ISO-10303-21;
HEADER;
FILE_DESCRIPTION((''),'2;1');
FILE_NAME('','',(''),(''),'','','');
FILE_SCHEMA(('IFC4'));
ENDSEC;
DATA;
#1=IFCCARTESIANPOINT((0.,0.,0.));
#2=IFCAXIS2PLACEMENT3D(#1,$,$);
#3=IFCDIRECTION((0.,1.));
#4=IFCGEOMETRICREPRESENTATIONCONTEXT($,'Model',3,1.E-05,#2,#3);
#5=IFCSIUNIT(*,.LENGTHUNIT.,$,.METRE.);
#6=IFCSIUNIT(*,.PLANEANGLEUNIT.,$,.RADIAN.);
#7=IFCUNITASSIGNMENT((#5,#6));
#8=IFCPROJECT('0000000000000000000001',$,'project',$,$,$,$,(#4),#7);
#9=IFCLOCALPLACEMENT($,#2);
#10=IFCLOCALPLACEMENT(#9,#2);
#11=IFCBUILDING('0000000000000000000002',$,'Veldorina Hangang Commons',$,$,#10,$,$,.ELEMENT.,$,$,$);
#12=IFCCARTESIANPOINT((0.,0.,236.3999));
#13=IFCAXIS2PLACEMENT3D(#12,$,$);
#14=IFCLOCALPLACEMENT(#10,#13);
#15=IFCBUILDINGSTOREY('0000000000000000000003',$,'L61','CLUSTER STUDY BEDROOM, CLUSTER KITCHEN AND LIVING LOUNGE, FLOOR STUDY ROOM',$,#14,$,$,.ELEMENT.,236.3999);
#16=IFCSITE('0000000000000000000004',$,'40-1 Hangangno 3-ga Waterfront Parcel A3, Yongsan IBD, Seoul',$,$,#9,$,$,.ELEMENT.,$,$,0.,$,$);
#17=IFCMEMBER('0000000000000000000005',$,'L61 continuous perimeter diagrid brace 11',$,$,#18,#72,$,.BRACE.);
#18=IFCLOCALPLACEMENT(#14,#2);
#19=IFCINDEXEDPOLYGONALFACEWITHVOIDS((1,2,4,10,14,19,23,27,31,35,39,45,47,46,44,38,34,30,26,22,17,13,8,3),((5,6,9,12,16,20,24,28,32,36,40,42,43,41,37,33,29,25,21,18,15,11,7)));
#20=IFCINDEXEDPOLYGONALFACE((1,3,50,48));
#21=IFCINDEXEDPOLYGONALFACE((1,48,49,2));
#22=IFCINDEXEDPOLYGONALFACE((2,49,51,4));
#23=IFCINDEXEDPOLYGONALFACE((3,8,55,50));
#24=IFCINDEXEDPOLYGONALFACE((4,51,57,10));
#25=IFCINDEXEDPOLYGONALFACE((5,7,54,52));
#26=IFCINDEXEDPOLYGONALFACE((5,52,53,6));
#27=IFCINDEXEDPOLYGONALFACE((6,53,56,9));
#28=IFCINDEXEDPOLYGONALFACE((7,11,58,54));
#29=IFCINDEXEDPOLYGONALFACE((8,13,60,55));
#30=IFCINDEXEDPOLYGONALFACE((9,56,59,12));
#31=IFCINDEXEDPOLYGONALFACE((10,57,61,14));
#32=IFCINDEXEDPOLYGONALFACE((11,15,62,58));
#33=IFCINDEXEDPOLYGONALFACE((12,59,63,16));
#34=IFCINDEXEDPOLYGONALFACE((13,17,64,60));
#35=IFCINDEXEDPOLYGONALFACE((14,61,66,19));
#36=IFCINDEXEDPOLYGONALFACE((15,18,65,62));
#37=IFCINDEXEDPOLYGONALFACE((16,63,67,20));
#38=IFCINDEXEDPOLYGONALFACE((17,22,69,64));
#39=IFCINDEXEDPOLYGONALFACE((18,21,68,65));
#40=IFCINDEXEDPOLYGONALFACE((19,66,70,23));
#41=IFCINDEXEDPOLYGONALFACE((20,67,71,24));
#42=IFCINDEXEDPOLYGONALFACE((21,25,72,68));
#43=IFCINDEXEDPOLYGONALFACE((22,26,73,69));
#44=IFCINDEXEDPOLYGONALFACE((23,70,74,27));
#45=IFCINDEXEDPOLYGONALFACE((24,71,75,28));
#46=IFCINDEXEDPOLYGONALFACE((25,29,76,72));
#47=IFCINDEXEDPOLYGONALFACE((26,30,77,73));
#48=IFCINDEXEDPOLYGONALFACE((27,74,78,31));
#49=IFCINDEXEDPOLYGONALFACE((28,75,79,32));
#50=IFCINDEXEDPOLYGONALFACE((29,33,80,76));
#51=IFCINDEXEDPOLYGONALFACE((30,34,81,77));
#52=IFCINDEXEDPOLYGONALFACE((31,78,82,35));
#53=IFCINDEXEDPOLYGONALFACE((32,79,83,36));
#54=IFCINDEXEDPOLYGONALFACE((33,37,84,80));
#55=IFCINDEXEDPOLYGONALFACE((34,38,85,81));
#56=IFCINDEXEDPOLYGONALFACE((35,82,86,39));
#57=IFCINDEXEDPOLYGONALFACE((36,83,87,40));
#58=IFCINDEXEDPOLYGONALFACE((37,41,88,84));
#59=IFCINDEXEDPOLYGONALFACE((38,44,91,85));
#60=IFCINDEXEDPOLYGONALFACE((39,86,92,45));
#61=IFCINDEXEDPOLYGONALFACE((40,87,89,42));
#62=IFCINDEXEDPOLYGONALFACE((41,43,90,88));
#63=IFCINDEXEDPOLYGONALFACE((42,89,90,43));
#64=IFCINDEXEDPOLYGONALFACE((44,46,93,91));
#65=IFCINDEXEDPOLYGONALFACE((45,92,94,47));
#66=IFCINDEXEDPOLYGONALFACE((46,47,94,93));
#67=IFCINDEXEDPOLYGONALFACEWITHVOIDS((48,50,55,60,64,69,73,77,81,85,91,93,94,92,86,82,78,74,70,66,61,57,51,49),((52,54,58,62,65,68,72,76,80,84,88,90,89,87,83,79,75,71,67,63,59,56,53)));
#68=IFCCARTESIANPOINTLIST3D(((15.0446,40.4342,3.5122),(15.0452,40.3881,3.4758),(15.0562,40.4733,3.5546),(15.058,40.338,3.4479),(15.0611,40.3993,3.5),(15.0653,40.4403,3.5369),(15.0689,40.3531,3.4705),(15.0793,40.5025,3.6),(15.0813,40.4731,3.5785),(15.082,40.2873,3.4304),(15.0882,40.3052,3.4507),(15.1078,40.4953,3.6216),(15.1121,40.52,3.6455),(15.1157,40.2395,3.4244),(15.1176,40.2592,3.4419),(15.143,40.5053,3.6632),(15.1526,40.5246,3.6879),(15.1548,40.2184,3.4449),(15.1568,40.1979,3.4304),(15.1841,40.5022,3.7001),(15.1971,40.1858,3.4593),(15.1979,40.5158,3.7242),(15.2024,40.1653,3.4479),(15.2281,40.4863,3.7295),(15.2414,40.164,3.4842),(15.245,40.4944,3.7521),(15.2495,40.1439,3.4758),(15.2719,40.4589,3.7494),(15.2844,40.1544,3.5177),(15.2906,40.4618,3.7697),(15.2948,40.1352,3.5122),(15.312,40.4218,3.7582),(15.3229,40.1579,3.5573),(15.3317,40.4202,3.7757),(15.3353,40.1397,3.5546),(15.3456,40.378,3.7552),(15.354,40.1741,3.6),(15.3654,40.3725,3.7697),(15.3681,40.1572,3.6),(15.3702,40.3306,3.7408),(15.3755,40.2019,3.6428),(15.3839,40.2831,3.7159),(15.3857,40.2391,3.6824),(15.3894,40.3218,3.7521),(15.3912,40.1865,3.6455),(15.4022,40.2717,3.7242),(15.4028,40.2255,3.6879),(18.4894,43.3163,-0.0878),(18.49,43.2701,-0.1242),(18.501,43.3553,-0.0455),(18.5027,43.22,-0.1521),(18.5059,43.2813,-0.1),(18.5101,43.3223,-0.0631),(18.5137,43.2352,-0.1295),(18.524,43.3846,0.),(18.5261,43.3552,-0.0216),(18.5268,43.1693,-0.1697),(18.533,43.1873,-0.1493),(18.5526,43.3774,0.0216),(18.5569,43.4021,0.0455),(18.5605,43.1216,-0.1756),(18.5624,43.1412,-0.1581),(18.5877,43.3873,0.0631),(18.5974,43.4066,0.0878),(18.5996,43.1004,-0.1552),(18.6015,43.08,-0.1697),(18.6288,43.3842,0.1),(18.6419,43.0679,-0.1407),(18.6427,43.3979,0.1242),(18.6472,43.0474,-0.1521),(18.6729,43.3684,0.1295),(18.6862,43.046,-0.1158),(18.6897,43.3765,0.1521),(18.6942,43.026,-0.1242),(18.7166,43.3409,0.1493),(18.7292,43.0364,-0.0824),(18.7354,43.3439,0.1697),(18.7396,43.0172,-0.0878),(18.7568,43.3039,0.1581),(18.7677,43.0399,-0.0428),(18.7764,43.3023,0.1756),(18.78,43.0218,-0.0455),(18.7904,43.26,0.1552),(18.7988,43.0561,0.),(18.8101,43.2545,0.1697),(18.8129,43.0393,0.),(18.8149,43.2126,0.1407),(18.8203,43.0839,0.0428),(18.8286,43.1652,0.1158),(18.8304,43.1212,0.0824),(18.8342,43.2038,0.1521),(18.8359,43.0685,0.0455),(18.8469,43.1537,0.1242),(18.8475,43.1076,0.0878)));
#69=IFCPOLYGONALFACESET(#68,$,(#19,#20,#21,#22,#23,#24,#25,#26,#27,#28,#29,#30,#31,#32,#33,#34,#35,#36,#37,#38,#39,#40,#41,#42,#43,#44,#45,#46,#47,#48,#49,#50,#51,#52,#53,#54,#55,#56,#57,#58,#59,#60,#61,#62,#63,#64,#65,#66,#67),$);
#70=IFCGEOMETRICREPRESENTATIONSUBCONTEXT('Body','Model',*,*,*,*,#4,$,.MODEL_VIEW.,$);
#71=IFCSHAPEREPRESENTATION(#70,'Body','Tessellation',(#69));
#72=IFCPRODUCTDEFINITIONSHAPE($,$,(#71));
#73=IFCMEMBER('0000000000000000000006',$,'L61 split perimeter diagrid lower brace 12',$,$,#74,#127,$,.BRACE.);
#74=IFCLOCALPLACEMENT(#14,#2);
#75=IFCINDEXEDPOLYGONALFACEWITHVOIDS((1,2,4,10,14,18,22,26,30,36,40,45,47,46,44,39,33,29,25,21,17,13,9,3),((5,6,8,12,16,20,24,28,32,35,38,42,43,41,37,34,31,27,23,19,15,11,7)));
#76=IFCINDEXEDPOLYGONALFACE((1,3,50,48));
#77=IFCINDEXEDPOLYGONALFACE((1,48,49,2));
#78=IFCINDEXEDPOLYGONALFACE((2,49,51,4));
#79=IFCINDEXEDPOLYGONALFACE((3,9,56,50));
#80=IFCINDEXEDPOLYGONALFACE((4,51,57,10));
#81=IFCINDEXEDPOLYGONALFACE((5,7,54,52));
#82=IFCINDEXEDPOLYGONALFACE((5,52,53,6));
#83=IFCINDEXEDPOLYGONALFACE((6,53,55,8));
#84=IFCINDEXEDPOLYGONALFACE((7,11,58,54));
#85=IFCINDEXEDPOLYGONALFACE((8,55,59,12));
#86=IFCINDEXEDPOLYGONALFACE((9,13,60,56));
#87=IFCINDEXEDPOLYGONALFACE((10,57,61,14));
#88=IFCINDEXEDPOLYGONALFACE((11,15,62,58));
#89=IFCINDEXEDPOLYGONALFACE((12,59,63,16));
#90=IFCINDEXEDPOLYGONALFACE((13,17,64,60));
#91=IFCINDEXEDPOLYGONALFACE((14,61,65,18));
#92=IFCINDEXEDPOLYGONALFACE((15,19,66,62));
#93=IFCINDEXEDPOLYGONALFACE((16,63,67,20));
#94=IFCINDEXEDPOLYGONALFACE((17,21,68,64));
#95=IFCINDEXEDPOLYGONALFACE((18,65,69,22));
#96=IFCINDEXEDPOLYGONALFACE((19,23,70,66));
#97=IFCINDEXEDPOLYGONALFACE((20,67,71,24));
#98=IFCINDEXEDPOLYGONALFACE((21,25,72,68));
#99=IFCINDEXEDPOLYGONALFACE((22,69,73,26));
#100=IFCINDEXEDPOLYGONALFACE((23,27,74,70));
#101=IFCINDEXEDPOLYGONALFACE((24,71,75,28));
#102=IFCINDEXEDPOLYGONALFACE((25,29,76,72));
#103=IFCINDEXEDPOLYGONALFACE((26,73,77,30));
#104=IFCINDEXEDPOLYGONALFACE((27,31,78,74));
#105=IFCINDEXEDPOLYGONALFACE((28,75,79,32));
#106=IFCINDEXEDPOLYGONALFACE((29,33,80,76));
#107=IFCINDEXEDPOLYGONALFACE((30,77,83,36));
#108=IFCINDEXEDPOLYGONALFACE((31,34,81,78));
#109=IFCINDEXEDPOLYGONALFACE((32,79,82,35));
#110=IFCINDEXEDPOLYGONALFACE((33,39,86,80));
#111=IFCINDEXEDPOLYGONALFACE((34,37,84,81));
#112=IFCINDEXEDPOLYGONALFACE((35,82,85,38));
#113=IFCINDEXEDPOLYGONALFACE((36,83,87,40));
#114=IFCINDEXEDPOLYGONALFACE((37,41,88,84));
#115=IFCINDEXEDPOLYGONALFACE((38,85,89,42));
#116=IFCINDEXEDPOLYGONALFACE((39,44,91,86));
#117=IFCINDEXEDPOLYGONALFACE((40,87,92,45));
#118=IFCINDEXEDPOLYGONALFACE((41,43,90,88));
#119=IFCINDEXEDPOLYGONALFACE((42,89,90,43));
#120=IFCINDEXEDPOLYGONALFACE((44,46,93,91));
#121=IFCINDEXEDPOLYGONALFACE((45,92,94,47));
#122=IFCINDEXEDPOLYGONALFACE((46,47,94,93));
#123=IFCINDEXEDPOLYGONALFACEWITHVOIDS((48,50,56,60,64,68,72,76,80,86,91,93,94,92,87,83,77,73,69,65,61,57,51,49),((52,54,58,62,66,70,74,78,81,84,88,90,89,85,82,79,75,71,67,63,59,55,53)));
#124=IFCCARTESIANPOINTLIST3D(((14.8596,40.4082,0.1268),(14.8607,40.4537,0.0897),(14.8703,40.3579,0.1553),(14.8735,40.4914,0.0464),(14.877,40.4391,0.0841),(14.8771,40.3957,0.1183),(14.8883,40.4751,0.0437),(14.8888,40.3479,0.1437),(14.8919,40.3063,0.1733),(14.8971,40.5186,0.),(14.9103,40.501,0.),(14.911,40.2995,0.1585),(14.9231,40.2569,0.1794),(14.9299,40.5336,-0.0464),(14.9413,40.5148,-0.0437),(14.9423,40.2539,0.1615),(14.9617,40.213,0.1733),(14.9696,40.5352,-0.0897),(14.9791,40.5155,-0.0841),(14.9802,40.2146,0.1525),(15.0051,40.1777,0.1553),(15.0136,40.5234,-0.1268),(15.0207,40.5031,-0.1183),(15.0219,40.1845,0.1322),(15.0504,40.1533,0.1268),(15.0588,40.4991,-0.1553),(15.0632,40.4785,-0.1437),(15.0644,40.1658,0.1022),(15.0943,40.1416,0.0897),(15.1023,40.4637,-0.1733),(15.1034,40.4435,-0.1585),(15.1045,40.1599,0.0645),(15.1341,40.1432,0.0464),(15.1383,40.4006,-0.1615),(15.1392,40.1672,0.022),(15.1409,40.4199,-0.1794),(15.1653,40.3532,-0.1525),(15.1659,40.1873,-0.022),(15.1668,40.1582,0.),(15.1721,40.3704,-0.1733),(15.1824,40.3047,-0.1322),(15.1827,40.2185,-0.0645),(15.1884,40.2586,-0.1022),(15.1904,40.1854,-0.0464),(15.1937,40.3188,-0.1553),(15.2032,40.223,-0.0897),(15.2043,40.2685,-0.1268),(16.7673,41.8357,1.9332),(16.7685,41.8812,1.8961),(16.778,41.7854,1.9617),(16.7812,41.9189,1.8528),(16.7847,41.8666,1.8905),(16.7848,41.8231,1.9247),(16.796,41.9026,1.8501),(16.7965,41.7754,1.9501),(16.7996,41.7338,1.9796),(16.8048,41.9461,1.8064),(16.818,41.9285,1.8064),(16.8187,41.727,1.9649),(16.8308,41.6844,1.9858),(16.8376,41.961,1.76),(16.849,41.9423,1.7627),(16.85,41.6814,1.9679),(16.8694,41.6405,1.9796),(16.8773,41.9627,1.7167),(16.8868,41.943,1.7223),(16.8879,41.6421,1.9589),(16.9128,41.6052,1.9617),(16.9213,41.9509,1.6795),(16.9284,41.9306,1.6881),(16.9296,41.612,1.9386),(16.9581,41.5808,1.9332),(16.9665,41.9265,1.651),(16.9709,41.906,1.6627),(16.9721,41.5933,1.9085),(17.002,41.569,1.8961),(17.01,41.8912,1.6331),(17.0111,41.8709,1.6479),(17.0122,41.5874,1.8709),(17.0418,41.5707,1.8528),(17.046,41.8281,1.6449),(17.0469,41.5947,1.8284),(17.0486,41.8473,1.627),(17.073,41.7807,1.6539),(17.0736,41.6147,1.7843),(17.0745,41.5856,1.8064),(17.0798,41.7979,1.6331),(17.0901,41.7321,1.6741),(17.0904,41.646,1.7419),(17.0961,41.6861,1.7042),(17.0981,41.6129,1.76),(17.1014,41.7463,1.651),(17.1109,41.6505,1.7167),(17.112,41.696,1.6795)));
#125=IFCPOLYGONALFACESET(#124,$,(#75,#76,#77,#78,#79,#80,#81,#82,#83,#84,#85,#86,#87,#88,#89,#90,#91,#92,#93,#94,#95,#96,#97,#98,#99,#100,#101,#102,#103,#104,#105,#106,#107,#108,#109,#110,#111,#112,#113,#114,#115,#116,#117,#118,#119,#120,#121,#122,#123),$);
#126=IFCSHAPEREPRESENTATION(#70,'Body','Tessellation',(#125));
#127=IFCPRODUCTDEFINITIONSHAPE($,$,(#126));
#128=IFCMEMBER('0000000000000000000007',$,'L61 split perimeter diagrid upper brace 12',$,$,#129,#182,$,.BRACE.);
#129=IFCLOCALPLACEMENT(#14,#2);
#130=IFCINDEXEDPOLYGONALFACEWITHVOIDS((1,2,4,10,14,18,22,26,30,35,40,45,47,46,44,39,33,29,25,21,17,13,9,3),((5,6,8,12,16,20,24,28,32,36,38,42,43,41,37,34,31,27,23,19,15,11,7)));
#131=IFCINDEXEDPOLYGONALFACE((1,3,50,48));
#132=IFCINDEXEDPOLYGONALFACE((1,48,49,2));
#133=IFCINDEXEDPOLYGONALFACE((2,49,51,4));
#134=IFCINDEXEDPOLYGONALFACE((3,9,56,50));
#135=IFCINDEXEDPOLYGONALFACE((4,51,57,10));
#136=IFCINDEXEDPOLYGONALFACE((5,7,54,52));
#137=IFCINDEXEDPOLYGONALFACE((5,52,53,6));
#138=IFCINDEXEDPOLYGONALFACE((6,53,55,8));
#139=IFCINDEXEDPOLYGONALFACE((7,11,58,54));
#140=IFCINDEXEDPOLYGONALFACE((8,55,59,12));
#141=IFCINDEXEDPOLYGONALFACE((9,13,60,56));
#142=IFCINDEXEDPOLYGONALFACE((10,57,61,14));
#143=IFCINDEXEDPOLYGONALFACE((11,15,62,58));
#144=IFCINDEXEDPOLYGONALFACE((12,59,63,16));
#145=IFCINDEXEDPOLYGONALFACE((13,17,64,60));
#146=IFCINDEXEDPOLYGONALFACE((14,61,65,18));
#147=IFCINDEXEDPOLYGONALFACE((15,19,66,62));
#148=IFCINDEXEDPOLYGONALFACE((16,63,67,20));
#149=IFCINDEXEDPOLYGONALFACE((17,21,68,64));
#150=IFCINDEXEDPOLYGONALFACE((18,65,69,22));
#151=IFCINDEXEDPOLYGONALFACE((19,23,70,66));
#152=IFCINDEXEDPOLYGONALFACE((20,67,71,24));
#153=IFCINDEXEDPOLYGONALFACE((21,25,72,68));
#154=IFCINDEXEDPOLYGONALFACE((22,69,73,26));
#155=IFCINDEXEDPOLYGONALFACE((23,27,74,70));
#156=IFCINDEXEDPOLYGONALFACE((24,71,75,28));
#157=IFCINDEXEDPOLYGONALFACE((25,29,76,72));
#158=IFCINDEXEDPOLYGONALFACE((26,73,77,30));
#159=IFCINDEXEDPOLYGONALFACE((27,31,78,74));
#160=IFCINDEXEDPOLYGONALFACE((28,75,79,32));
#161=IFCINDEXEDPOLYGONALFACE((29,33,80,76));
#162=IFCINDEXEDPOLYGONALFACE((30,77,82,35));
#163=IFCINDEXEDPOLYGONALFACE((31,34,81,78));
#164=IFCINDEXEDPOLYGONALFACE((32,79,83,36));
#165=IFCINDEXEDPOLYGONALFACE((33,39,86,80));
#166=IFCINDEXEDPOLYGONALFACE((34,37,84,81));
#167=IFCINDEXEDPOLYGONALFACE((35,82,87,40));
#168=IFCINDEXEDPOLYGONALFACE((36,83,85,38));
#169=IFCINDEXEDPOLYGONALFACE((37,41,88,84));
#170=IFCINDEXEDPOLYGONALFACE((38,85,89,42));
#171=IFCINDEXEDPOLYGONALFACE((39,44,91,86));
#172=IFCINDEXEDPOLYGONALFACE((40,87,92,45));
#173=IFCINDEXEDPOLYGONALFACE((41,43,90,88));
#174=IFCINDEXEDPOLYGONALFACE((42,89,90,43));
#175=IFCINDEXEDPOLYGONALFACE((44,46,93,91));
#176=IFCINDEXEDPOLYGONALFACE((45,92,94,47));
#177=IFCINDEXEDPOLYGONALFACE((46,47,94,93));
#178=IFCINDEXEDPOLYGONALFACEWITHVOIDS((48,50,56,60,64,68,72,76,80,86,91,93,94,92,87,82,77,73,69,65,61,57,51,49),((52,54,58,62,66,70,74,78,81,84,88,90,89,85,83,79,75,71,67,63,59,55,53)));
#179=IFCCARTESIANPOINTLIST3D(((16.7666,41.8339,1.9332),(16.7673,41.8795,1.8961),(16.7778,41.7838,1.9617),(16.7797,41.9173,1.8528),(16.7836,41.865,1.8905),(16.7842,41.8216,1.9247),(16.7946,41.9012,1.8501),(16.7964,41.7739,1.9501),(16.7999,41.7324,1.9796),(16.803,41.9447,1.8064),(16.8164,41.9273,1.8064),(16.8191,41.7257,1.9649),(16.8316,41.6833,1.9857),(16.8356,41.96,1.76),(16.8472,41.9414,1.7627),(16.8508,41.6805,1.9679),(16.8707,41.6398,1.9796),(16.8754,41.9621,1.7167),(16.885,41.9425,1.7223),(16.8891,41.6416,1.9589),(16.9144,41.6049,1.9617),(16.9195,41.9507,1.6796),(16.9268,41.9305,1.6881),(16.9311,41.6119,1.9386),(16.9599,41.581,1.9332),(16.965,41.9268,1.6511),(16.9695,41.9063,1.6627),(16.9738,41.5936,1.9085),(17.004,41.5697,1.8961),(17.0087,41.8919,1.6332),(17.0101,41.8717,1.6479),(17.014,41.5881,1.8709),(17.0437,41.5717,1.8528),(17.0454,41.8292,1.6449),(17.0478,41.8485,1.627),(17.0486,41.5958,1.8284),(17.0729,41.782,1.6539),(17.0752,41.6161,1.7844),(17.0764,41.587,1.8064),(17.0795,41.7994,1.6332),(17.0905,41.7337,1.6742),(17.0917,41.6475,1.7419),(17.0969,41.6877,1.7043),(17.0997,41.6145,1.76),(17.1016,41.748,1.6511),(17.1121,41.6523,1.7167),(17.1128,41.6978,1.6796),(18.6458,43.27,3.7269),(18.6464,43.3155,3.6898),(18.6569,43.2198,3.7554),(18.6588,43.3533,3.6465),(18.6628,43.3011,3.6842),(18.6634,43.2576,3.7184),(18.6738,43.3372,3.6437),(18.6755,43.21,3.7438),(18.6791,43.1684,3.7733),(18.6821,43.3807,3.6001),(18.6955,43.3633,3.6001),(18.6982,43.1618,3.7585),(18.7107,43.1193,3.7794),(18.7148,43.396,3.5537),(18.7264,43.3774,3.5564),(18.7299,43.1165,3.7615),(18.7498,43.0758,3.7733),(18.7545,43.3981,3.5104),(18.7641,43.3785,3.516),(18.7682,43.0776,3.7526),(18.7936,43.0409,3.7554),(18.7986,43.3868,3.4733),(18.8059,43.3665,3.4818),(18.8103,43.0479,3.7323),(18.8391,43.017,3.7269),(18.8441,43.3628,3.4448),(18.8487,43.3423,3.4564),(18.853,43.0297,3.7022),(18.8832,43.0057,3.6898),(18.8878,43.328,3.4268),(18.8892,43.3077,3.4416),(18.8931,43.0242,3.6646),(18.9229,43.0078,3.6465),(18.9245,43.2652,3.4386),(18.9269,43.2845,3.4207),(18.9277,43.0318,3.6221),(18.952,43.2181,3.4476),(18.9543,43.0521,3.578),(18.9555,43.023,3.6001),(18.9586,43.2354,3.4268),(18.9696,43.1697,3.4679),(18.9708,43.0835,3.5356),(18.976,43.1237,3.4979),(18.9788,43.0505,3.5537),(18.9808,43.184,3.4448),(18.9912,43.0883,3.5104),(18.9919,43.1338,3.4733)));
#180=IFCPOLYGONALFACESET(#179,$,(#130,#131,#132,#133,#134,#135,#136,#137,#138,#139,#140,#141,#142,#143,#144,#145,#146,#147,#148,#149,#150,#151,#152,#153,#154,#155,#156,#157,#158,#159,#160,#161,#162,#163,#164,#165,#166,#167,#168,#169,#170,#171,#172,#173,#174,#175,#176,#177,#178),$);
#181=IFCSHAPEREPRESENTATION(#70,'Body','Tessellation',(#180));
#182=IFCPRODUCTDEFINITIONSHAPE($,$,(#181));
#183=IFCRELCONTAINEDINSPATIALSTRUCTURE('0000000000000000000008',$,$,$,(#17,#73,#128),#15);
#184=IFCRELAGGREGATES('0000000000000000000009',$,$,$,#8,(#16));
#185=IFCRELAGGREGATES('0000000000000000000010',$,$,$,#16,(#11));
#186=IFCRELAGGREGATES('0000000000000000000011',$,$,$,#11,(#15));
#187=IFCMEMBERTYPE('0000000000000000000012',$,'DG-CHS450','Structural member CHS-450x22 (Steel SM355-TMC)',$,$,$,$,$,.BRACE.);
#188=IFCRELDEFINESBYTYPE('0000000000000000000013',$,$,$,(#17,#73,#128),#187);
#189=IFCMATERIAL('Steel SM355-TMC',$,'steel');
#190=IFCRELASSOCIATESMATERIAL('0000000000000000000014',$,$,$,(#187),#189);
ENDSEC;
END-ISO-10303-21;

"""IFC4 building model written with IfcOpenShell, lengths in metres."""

from ifc_helpers import new_model, si_unit, direction, frame, origin, origin_2d, place, context, subcontext, project, spatial, hollow_circle, extrude, material, material_profile, profile_set, type_object, element, save


model = new_model("IFC4")

# Units and contexts
model_context = context("Model", 3, precision=1e-05, world=origin(), true_north=direction((0.0, 1.0)))
body_context = subcontext(model_context, "Body", "Model", "MODEL_VIEW")
ifc_project = project(units=[si_unit("LENGTHUNIT", "METRE"), si_unit("PLANEANGLEUNIT", "RADIAN")], contexts=[model_context])

# Site, building, storey
site_placement = place(None, origin())
site = spatial("IfcSite", under=ifc_project, at=site_placement, Name="40-1 Hangangno 3-ga Waterfront Parcel A3, Yongsan IBD, Seoul", CompositionType="ELEMENT", RefElevation=0.0)
building_placement = place(site_placement, origin())
building = spatial("IfcBuilding", under=site, at=building_placement, Name="Veldorina Hangang Commons", CompositionType="ELEMENT")
storey_placement = place(building_placement, frame((0.0, 0.0, 236.3999)))
storey = spatial("IfcBuildingStorey", under=building, at=storey_placement, Name="L61", Description="CLUSTER STUDY BEDROOM, CLUSTER KITCHEN AND LIVING LOUNGE, FLOOR STUDY ROOM", CompositionType="ELEMENT", Elevation=236.3999)

# Shared definitions
ifc_material_1 = material(Name="Steel SM355-TMC", Category="steel")

# Members
ifc_material_profile_1 = material_profile(ifc_material_1, hollow_circle(Radius=0.2251, WallThickness=0.022, at=origin_2d()), Name="CHS-450x22")
ifc_profile_set_1 = profile_set([ifc_material_profile_1], Name="Steel SM355-TMC")
member_type_1 = type_object("IfcMemberType", Name="DG-CHS450", Description="Structural member CHS-450x22 (Steel SM355-TMC)", PredefinedType="BRACE", material=ifc_profile_set_1)
member_1_placement = place(storey_placement, frame((18.6685, 43.2119, 0.0), z_axis=(-0.598454, -0.500691, 0.625429), x_axis=(0.64168, -0.766972, 0.0)))
element("IfcMember", 1, at=member_1_placement, inside=storey, type_object=member_type_1, Name="L61 continuous perimeter diagrid brace 11", PredefinedType="BRACE", context=body_context, shape_type="SweptSolid", body=[
    extrude(hollow_circle(Radius=0.2251, WallThickness=0.022, at=origin_2d()), origin(), (0.0, 0.0, 1.0), 5.7561),
])
member_2_placement = place(storey_placement, frame((15.032, 40.3384, 0.0), z_axis=(0.638029, 0.47742, 0.604144), x_axis=(-0.599114, 0.800663, 0.0)))
element("IfcMember", 2, at=member_2_placement, inside=storey, type_object=member_type_1, Name="L61 split perimeter diagrid lower brace 12", PredefinedType="BRACE", context=body_context, shape_type="SweptSolid", body=[
    extrude(hollow_circle(Radius=0.2251, WallThickness=0.022, at=origin_2d()), origin(), (0.0, 0.0, 1.0), 2.99),
])
member_3_placement = place(storey_placement, frame((16.9397, 41.7659, 1.8064), z_axis=(0.633074, 0.483791, 0.604287), x_axis=(-0.607193, 0.794554, 0.0)))
element("IfcMember", 3, at=member_3_placement, inside=storey, type_object=member_type_1, Name="L61 split perimeter diagrid upper brace 12", PredefinedType="BRACE", context=body_context, shape_type="SweptSolid", body=[
    extrude(hollow_circle(Radius=0.2251, WallThickness=0.022, at=origin_2d()), origin(), (0.0, 0.0, 1.0), 2.9683),
])

save(model, "model.ifc")
